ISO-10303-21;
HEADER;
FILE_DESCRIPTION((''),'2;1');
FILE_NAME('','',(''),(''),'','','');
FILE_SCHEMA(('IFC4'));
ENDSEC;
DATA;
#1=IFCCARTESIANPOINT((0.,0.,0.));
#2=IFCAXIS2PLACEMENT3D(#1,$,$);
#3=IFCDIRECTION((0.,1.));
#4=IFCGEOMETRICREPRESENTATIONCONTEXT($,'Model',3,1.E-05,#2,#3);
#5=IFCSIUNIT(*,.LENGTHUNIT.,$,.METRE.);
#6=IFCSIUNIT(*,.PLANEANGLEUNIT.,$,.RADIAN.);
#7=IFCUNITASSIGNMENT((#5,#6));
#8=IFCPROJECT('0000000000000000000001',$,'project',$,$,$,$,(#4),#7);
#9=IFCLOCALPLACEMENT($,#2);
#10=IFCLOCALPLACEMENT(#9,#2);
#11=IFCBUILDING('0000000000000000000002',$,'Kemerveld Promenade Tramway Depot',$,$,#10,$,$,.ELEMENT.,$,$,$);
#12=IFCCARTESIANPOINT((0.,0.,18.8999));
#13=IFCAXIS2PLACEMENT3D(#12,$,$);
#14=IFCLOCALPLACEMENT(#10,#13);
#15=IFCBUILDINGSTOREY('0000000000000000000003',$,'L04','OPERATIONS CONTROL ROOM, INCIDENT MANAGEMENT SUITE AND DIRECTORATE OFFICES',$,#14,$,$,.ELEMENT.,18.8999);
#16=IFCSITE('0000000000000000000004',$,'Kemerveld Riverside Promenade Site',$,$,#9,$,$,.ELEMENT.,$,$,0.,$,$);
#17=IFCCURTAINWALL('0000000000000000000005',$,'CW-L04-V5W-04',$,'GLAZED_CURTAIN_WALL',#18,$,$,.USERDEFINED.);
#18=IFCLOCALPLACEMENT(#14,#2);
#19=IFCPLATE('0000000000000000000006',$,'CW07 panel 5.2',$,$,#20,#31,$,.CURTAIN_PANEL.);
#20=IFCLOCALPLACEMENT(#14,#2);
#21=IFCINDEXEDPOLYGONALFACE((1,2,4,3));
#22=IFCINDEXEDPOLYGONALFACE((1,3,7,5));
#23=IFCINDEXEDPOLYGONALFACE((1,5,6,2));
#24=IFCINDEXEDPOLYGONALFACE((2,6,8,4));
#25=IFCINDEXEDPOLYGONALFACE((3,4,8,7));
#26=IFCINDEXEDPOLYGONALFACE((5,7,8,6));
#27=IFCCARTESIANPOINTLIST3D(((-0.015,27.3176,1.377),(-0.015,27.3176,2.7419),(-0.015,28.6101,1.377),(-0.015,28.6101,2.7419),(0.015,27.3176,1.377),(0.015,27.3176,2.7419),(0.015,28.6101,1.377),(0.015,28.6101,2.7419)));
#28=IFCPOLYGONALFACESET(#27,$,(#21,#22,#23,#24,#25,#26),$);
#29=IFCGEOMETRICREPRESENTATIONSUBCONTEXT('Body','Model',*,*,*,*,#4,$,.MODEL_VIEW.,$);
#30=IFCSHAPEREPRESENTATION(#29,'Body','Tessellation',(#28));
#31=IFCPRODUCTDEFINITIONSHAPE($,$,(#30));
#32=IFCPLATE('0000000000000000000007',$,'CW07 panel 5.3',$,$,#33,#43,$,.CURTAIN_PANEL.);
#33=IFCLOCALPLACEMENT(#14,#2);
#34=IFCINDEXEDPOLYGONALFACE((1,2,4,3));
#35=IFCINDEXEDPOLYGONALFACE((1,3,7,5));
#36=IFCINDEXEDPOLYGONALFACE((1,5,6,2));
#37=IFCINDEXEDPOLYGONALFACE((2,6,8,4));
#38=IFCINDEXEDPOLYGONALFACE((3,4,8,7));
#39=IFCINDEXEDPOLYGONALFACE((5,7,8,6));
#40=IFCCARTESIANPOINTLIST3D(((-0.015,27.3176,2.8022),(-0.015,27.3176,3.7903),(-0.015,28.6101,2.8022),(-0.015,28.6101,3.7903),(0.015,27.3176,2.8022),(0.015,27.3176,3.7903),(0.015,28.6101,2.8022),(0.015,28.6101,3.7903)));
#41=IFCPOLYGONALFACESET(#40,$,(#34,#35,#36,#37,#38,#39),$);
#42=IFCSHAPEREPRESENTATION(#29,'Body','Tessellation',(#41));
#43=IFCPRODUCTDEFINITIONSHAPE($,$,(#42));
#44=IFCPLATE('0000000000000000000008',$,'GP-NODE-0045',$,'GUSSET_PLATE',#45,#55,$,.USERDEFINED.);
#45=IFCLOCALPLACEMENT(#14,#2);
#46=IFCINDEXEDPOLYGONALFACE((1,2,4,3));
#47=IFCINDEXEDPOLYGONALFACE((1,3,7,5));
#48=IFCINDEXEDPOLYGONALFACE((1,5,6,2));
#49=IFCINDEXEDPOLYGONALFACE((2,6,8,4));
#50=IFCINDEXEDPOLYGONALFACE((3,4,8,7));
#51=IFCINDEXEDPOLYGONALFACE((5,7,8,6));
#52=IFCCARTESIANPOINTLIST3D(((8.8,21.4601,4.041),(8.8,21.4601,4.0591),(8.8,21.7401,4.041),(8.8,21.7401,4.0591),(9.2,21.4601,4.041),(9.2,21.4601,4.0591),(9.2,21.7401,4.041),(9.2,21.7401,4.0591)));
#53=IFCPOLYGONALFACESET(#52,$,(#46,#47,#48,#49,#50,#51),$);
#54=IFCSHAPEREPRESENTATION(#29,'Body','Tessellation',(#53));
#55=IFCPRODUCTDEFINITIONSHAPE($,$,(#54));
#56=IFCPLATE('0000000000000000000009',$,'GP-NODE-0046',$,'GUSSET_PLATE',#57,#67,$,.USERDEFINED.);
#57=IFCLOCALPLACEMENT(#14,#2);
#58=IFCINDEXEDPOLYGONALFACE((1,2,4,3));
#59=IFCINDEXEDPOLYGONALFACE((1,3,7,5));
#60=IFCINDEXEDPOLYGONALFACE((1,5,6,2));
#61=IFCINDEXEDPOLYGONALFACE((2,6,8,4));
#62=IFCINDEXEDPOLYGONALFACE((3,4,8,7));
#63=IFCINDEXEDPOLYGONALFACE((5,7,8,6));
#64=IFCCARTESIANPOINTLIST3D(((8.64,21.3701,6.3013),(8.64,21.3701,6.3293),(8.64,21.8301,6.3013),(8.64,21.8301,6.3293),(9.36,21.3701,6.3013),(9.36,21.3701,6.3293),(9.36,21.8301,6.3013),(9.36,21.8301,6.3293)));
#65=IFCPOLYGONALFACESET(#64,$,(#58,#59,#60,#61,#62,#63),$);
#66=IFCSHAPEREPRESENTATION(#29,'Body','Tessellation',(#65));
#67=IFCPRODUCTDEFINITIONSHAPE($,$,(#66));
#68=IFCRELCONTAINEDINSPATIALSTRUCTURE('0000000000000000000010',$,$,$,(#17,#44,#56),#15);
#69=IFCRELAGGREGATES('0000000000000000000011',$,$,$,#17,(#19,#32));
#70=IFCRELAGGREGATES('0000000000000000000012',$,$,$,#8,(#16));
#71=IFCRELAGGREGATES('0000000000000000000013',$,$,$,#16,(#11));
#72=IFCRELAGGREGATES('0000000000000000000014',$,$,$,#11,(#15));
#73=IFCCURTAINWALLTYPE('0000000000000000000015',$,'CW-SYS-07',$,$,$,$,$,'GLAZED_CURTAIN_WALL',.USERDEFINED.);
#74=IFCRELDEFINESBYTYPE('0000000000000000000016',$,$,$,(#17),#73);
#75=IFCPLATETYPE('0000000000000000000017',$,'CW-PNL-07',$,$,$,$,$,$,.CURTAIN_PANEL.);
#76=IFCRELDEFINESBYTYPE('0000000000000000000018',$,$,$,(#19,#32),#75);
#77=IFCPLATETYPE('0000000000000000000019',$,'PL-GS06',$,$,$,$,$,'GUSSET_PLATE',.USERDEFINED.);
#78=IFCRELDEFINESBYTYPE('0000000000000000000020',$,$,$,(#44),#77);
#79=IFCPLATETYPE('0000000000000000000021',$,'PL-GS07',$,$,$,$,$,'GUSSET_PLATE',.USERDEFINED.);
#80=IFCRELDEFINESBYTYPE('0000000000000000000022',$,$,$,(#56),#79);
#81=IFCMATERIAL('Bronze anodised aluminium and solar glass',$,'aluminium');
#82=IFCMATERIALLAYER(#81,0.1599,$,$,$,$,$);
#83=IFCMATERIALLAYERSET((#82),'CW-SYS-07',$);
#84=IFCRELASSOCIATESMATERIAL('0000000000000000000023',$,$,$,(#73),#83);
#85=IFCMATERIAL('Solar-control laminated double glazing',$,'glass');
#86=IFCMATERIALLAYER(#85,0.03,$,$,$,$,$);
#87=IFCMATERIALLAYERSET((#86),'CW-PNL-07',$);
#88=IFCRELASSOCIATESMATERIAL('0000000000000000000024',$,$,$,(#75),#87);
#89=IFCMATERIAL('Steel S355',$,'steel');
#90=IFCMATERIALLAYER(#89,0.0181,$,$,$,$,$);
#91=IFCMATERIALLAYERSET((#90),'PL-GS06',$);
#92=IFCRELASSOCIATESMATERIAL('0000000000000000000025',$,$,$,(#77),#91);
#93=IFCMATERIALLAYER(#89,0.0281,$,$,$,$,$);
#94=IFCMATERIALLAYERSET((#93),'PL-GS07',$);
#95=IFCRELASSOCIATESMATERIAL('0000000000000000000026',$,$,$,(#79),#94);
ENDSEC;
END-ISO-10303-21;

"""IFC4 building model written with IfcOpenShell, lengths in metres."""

from ifc_helpers import new_model, si_unit, direction, frame, origin, origin_2d, place, context, subcontext, project, spatial, rectangle, extrude, material, layer, layer_set, type_object, element, aggregate, save


model = new_model("IFC4")

# Units and contexts
model_context = context("Model", 3, precision=1e-05, world=origin(), true_north=direction((0.0, 1.0)))
body_context = subcontext(model_context, "Body", "Model", "MODEL_VIEW")
ifc_project = project(units=[si_unit("LENGTHUNIT", "METRE"), si_unit("PLANEANGLEUNIT", "RADIAN")], contexts=[model_context])

# Site, building, storey
site_placement = place(None, origin())
site = spatial("IfcSite", under=ifc_project, at=site_placement, Name="Kemerveld Riverside Promenade Site", CompositionType="ELEMENT", RefElevation=0.0)
building_placement = place(site_placement, origin())
building = spatial("IfcBuilding", under=site, at=building_placement, Name="Kemerveld Promenade Tramway Depot", CompositionType="ELEMENT")
storey_placement = place(building_placement, frame((0.0, 0.0, 18.8999)))
storey = spatial("IfcBuildingStorey", under=building, at=storey_placement, Name="L04", Description="OPERATIONS CONTROL ROOM, INCIDENT MANAGEMENT SUITE AND DIRECTORATE OFFICES", CompositionType="ELEMENT", Elevation=18.8999)

# Shared definitions
ifc_material_1 = material(Name="Steel S355", Category="steel")

# Curtain wall
ifc_material_2 = material(Name="Bronze anodised aluminium and solar glass", Category="aluminium")
ifc_layer_1 = layer(ifc_material_2, 0.1599)
ifc_layer_set_1 = layer_set([ifc_layer_1], Name="CW-SYS-07")
curtain_wall_type = type_object("IfcCurtainWallType", Name="CW-SYS-07", ElementType="GLAZED_CURTAIN_WALL", PredefinedType="USERDEFINED", material=ifc_layer_set_1)
curtain_wall_placement = place(storey_placement, origin())
curtain_wall = element("IfcCurtainWall", 1, at=curtain_wall_placement, inside=storey, type_object=curtain_wall_type, Name="CW-L04-V5W-04", ObjectType="GLAZED_CURTAIN_WALL", PredefinedType="USERDEFINED")

# Plates
ifc_material_3 = material(Name="Solar-control laminated double glazing", Category="glass")
ifc_layer_2 = layer(ifc_material_3, 0.03)
ifc_layer_set_2 = layer_set([ifc_layer_2], Name="CW-PNL-07")
plate_type_1 = type_object("IfcPlateType", Name="CW-PNL-07", PredefinedType="CURTAIN_PANEL", material=ifc_layer_set_2)
plate_1_placement = place(storey_placement, frame((0.0, 27.9639, 1.377), z_axis=(0.0, 0.0, 1.0), x_axis=(0.0, 1.0, 0.0)))
plate_1 = element("IfcPlate", 2, at=plate_1_placement, type_object=plate_type_1, Name="CW07 panel 5.2", PredefinedType="CURTAIN_PANEL", context=body_context, shape_type="SweptSolid", body=[
    extrude(rectangle(XDim=1.2925, YDim=0.03, at=origin_2d()), origin(), (0.0, 0.0, 1.0), 1.365),
])
plate_2_placement = place(storey_placement, frame((0.0, 27.9639, 2.8022), z_axis=(0.0, 0.0, 1.0), x_axis=(0.0, 1.0, 0.0)))
plate_2 = element("IfcPlate", 3, at=plate_2_placement, type_object=plate_type_1, Name="CW07 panel 5.3", PredefinedType="CURTAIN_PANEL", context=body_context, shape_type="SweptSolid", body=[
    extrude(rectangle(XDim=1.2925, YDim=0.03, at=origin_2d()), origin(), (0.0, 0.0, 1.0), 0.988),
])
aggregate(curtain_wall, [plate_1, plate_2])

# Plates
ifc_layer_3 = layer(ifc_material_1, 0.0181)
ifc_layer_set_3 = layer_set([ifc_layer_3], Name="PL-GS06")
plate_type_2 = type_object("IfcPlateType", Name="PL-GS06", ElementType="GUSSET_PLATE", PredefinedType="USERDEFINED", material=ifc_layer_set_3)
plate_3_placement = place(storey_placement, frame((9.0, 21.6001, 4.041), z_axis=(0.0, 0.0, 1.0), x_axis=(1.0, 0.0, 0.0)))
element("IfcPlate", 4, at=plate_3_placement, inside=storey, type_object=plate_type_2, Name="GP-NODE-0045", ObjectType="GUSSET_PLATE", PredefinedType="USERDEFINED", context=body_context, shape_type="SweptSolid", body=[
    extrude(rectangle(XDim=0.3999, YDim=0.28, at=origin_2d()), origin(), (0.0, 0.0, 1.0), 0.0181),
])
ifc_layer_4 = layer(ifc_material_1, 0.0281)
ifc_layer_set_4 = layer_set([ifc_layer_4], Name="PL-GS07")
plate_type_3 = type_object("IfcPlateType", Name="PL-GS07", ElementType="GUSSET_PLATE", PredefinedType="USERDEFINED", material=ifc_layer_set_4)
plate_4_placement = place(storey_placement, frame((9.0, 21.6001, 6.3013), z_axis=(0.0, 0.0, 1.0), x_axis=(1.0, 0.0, 0.0)))
element("IfcPlate", 5, at=plate_4_placement, inside=storey, type_object=plate_type_3, Name="GP-NODE-0046", ObjectType="GUSSET_PLATE", PredefinedType="USERDEFINED", context=body_context, shape_type="SweptSolid", body=[
    extrude(rectangle(XDim=0.72, YDim=0.46, at=origin_2d()), origin(), (0.0, 0.0, 1.0), 0.0281),
])

save(model, "model.ifc")
